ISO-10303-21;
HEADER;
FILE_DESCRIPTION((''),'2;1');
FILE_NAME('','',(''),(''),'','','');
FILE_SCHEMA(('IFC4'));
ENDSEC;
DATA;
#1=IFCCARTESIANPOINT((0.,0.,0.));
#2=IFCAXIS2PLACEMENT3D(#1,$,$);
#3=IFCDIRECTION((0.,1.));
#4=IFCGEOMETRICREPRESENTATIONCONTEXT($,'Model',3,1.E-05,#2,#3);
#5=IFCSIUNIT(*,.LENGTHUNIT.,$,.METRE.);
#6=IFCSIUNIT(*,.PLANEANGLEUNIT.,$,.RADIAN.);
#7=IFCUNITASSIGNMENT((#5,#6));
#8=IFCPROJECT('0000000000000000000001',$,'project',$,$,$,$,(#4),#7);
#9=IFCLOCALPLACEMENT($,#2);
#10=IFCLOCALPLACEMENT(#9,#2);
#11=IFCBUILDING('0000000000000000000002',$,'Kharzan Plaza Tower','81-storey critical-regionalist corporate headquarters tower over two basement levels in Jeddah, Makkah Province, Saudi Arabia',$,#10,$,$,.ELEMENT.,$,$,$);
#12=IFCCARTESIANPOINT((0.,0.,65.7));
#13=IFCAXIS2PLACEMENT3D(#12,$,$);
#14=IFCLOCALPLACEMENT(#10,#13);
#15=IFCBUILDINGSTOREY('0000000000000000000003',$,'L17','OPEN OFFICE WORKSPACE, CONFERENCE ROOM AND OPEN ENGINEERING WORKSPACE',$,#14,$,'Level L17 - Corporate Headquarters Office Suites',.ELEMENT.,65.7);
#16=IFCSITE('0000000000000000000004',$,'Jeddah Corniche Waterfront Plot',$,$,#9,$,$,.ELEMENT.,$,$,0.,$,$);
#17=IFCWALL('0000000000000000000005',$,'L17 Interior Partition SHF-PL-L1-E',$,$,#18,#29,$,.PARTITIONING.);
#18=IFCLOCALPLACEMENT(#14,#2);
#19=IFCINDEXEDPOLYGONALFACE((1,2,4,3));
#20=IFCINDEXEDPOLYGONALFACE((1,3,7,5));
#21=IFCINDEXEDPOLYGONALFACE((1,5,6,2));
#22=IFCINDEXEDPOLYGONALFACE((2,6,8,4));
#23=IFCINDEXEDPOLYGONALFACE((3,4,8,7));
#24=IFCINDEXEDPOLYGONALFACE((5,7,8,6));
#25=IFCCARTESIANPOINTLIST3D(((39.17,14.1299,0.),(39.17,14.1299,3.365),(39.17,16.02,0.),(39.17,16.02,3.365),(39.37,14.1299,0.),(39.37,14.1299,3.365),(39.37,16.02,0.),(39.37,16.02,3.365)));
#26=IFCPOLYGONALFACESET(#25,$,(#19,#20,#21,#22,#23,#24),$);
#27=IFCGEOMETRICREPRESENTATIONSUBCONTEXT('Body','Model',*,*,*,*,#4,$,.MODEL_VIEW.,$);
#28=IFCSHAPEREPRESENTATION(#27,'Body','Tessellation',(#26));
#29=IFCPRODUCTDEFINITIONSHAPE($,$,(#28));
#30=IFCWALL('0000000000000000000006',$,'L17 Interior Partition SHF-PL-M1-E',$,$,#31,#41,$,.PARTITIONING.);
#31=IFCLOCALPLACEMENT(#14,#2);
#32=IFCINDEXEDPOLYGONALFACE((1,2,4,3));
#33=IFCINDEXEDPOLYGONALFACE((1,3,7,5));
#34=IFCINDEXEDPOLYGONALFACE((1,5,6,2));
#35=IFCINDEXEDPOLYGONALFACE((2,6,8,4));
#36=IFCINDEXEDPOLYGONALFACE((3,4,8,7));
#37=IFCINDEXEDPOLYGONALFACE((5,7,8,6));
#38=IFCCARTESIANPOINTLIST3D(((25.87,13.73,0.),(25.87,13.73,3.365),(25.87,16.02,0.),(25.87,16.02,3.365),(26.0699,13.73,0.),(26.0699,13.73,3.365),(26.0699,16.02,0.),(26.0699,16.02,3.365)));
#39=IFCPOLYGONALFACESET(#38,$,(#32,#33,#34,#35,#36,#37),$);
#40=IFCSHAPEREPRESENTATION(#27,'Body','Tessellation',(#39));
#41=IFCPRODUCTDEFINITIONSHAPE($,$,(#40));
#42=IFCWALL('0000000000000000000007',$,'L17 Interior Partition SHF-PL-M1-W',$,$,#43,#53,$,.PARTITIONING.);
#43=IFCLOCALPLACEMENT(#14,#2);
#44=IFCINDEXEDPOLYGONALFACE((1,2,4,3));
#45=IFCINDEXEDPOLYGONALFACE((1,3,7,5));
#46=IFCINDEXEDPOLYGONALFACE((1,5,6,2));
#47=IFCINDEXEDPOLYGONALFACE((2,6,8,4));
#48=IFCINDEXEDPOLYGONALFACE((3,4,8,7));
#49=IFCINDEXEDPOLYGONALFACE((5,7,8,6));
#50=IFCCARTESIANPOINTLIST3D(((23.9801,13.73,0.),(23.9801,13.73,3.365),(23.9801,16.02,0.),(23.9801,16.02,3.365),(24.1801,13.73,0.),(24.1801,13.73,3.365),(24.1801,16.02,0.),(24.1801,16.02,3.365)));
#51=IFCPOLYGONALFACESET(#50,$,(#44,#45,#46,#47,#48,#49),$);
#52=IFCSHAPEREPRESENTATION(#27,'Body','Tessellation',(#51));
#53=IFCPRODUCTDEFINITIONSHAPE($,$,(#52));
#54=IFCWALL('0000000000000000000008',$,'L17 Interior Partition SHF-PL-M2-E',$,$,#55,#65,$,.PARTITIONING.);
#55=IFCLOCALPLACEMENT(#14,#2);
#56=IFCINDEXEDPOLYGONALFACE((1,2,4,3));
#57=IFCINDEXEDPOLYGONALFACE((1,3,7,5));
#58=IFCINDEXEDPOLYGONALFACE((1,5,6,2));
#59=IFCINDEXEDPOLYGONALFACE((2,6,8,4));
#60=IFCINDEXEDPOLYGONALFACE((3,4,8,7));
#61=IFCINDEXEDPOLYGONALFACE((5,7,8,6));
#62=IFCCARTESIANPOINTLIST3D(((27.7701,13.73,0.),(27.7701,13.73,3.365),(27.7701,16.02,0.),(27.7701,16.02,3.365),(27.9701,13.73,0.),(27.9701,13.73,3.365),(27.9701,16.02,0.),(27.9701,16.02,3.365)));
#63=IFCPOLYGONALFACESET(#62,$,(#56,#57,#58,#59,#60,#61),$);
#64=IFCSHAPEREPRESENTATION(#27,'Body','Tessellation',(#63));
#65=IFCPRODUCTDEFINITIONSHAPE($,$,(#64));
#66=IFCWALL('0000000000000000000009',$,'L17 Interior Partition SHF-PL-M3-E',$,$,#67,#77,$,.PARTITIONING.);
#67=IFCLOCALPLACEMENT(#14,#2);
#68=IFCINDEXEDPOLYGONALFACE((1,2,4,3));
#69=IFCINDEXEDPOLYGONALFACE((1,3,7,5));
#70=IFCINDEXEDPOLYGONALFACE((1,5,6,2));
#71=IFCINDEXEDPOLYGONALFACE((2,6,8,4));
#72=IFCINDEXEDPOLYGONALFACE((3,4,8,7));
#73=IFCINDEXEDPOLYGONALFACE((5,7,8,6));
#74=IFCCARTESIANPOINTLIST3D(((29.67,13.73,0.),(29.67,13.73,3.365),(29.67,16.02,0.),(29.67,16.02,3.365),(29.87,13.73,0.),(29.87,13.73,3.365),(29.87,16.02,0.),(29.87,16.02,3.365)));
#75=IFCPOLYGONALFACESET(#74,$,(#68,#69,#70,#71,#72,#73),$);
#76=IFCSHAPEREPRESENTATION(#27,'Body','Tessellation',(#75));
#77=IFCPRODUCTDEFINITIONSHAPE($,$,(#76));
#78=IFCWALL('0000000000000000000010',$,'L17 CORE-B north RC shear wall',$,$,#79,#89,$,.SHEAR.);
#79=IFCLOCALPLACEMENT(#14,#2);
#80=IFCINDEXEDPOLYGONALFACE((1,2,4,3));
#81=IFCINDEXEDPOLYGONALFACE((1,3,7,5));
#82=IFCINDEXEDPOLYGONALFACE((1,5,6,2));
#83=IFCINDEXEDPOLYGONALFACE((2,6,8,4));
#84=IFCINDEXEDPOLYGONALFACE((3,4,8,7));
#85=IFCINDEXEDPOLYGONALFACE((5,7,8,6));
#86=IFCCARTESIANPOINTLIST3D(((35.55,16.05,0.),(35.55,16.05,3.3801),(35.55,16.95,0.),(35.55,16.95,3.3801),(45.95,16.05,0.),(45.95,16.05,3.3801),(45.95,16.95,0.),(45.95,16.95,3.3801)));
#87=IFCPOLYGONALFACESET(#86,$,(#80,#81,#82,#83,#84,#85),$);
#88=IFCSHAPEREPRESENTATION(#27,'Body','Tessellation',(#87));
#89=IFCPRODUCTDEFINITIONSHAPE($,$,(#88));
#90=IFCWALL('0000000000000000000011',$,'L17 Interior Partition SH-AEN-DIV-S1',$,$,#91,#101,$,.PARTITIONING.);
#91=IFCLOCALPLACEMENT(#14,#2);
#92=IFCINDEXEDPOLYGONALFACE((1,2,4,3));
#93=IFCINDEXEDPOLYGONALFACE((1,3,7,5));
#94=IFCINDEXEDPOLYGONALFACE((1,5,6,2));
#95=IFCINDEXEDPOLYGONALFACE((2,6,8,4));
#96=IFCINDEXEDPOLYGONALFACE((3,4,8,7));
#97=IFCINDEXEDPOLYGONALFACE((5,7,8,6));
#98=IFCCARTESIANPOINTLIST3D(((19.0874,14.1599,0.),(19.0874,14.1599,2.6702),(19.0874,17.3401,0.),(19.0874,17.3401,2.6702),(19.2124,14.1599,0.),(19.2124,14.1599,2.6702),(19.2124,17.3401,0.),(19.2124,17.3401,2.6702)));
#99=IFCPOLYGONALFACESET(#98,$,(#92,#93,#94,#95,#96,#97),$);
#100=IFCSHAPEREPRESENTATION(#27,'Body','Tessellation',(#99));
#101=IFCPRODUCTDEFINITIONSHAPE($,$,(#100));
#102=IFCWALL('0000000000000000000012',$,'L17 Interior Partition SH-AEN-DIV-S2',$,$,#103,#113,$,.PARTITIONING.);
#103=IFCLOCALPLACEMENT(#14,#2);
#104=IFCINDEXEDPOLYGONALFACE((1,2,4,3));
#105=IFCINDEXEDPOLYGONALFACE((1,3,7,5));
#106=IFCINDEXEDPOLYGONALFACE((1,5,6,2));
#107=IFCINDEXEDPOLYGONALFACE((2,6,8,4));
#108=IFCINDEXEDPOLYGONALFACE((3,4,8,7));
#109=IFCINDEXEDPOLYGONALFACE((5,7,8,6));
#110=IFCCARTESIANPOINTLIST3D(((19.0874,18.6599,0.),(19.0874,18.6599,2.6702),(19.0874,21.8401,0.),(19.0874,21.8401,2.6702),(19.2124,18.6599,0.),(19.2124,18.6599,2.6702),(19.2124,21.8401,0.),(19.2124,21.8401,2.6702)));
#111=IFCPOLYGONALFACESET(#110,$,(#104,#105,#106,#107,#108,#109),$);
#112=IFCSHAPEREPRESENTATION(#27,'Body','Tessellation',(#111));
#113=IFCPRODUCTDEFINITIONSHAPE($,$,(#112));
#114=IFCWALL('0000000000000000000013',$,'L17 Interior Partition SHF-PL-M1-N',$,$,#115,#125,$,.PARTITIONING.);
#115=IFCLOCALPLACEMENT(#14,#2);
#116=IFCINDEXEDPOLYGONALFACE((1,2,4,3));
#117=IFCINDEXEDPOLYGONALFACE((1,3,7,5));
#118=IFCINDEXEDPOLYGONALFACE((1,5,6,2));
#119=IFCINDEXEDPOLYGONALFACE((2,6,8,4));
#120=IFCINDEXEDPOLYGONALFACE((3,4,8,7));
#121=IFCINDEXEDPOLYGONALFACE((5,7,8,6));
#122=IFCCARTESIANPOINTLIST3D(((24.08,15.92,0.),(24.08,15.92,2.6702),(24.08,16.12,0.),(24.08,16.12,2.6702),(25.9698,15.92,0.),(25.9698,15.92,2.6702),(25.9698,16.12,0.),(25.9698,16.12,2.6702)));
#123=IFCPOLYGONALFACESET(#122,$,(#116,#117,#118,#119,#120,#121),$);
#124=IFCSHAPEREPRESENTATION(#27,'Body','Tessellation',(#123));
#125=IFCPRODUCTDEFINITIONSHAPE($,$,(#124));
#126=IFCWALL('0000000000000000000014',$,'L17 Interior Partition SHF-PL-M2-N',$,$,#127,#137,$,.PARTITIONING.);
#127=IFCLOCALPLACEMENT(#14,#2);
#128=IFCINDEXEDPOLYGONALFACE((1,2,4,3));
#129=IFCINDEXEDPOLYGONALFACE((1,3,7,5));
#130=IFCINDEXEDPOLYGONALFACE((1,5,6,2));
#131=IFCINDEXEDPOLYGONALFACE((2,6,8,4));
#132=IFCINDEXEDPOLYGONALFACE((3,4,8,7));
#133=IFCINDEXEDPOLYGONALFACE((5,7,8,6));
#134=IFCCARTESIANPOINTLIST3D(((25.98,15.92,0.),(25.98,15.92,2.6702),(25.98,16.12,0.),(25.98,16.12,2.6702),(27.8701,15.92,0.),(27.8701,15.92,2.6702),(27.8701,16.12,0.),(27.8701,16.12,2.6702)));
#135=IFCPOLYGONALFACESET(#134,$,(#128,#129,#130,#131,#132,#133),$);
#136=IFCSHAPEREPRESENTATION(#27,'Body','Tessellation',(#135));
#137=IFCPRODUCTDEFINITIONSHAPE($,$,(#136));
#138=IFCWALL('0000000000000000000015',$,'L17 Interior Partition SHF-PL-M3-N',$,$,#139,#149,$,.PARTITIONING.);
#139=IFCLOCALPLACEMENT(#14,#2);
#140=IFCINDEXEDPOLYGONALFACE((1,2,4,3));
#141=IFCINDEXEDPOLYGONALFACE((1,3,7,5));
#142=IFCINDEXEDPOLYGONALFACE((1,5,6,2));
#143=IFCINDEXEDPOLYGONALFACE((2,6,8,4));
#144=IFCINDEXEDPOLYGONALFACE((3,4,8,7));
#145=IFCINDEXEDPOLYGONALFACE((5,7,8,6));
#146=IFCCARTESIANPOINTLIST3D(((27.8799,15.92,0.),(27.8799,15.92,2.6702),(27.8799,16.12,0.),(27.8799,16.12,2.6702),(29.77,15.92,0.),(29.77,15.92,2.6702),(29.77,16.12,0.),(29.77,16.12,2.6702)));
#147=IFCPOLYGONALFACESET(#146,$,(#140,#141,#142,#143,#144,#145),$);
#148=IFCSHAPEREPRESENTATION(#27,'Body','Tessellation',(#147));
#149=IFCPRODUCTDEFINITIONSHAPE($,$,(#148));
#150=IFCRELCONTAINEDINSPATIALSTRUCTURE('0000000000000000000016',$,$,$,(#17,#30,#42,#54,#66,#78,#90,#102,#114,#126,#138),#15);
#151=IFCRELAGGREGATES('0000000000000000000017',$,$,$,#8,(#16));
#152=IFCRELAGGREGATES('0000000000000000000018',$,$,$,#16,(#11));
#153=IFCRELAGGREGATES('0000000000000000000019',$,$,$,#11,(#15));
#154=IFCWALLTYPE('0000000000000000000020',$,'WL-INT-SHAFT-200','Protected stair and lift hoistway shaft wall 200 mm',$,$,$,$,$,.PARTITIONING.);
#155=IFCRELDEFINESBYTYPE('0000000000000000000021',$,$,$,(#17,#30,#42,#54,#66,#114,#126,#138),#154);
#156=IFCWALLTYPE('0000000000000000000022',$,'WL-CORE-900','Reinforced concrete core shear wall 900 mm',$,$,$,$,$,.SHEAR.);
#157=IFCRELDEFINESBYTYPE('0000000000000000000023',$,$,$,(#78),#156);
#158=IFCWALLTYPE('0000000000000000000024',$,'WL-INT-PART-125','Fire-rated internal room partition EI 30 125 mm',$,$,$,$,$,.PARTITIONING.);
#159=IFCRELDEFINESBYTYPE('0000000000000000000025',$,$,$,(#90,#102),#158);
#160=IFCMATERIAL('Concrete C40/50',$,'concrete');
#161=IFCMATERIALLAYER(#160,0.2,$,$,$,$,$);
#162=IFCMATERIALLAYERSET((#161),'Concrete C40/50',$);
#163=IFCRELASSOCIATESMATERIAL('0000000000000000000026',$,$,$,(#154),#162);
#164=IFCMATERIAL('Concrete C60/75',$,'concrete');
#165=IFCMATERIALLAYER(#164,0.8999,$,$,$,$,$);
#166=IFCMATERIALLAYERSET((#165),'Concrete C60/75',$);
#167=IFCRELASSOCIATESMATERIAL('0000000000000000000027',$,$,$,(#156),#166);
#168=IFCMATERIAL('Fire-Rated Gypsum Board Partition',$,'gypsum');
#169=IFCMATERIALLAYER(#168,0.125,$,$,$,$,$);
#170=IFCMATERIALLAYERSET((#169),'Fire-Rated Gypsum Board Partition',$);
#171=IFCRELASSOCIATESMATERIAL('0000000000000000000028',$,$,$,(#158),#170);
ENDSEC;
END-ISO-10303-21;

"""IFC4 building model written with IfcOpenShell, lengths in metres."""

from ifc_helpers import new_model, si_unit, direction, frame, frame_2d, origin, place, context, subcontext, project, spatial, rectangle, extrude, source, transform, mapped, material, layer, layer_set, type_object, element, save


model = new_model("IFC4")

# Units and contexts
model_context = context("Model", 3, precision=1e-05, world=origin(), true_north=direction((0.0, 1.0)))
body_context = subcontext(model_context, "Body", "Model", "MODEL_VIEW")
ifc_project = project(units=[si_unit("LENGTHUNIT", "METRE"), si_unit("PLANEANGLEUNIT", "RADIAN")], contexts=[model_context])

# Site, building, storey
site_placement = place(None, origin())
site = spatial("IfcSite", under=ifc_project, at=site_placement, Name="Jeddah Corniche Waterfront Plot", CompositionType="ELEMENT", RefElevation=0.0)
building_placement = place(site_placement, origin())
building = spatial("IfcBuilding", under=site, at=building_placement, Name="Kharzan Plaza Tower", Description="81-storey critical-regionalist corporate headquarters tower over two basement levels in Jeddah, Makkah Province, Saudi Arabia", CompositionType="ELEMENT")
storey_placement = place(building_placement, frame((0.0, 0.0, 65.7)))
storey = spatial("IfcBuildingStorey", under=building, at=storey_placement, Name="L17", Description="OPEN OFFICE WORKSPACE, CONFERENCE ROOM AND OPEN ENGINEERING WORKSPACE", LongName="Level L17 - Corporate Headquarters Office Suites", CompositionType="ELEMENT", Elevation=65.7)

# Shared definitions
ifc_material_1 = material(Name="Concrete C60/75", Category="concrete")

# Shared definitions
ifc_material_2 = material(Name="Concrete C40/50", Category="concrete")
ifc_layer_1 = layer(ifc_material_2, 0.2)
ifc_layer_set_1 = layer_set([ifc_layer_1], Name="Concrete C40/50")
wall_type_1 = type_object("IfcWallType", Name="WL-INT-SHAFT-200", Description="Protected stair and lift hoistway shaft wall 200 mm", PredefinedType="PARTITIONING", material=ifc_layer_set_1)

# Walls
shared_shape_1 = source(origin(), body_context, "Body", "SweptSolid", [
    extrude(rectangle(XDim=1.8901, YDim=0.2, at=frame_2d((0.9451, 0.0))), origin(), (0.0, 0.0, 1.0), 3.365),
])
wall_1_placement = place(storey_placement, frame((39.27, 14.1299, 0.0), z_axis=(0.0, 0.0, 1.0), x_axis=(0.0, 1.0, 0.0)))
element("IfcWall", 1, at=wall_1_placement, inside=storey, type_object=wall_type_1, Name="L17 Interior Partition SHF-PL-L1-E", PredefinedType="PARTITIONING", context=body_context, shape_type="MappedRepresentation", body=[
    mapped(shared_shape_1, transform((0.0, 0.0, 0.0), x_axis=(1.0, 0.0, 0.0), y_axis=(0.0, 1.0, 0.0), z_axis=(0.0, 0.0, 1.0))),
])
shared_shape_2 = source(origin(), body_context, "Body", "SweptSolid", [
    extrude(rectangle(XDim=2.29, YDim=0.2, at=frame_2d((1.145, 0.0))), origin(), (0.0, 0.0, 1.0), 3.365),
])
for number, where, z_axis, x_axis, name in (
    (2, (25.97, 13.73, 0.0), (0.0, 0.0, 1.0), (0.0, 1.0, 0.0), "L17 Interior Partition SHF-PL-M1-E"),
    (3, (24.0801, 13.73, 0.0), (0.0, 0.0, 1.0), (0.0, 1.0, 0.0), "L17 Interior Partition SHF-PL-M1-W"),
    (4, (27.8701, 13.73, 0.0), (0.0, 0.0, 1.0), (0.0, 1.0, 0.0), "L17 Interior Partition SHF-PL-M2-E"),
    (5, (29.77, 13.73, 0.0), (0.0, 0.0, 1.0), (0.0, 1.0, 0.0), "L17 Interior Partition SHF-PL-M3-E"),
):
    element("IfcWall", number, at=place(storey_placement, frame(where, z_axis=z_axis, x_axis=x_axis)), inside=storey, type_object=wall_type_1, Name=name, PredefinedType="PARTITIONING", context=body_context, shape_type="MappedRepresentation", body=[
        mapped(shared_shape_2, transform((0.0, 0.0, 0.0), x_axis=(1.0, 0.0, 0.0), y_axis=(0.0, 1.0, 0.0), z_axis=(0.0, 0.0, 1.0))),
    ])
ifc_layer_2 = layer(ifc_material_1, 0.8999)
ifc_layer_set_2 = layer_set([ifc_layer_2], Name="Concrete C60/75")
wall_type_2 = type_object("IfcWallType", Name="WL-CORE-900", Description="Reinforced concrete core shear wall 900 mm", PredefinedType="SHEAR", material=ifc_layer_set_2)
shared_shape_3 = source(origin(), body_context, "Body", "SweptSolid", [
    extrude(rectangle(XDim=10.3999, YDim=0.8999, at=frame_2d((5.2, 0.0))), origin(), (0.0, 0.0, 1.0), 3.3801),
])
wall_2_placement = place(storey_placement, frame((35.55, 16.5, 0.0), z_axis=(0.0, 0.0, 1.0), x_axis=(1.0, 0.0, 0.0)))
element("IfcWall", 6, at=wall_2_placement, inside=storey, type_object=wall_type_2, Name="L17 CORE-B north RC shear wall", PredefinedType="SHEAR", context=body_context, shape_type="MappedRepresentation", body=[
    mapped(shared_shape_3, transform((0.0, 0.0, 0.0), x_axis=(1.0, 0.0, 0.0), y_axis=(0.0, 1.0, 0.0), z_axis=(0.0, 0.0, 1.0))),
])
ifc_material_3 = material(Name="Fire-Rated Gypsum Board Partition", Category="gypsum")
ifc_layer_3 = layer(ifc_material_3, 0.125)
ifc_layer_set_3 = layer_set([ifc_layer_3], Name="Fire-Rated Gypsum Board Partition")
wall_type_3 = type_object("IfcWallType", Name="WL-INT-PART-125", Description="Fire-rated internal room partition EI 30 125 mm", PredefinedType="PARTITIONING", material=ifc_layer_set_3)
shared_shape_4 = source(origin(), body_context, "Body", "SweptSolid", [
    extrude(rectangle(XDim=3.1802, YDim=0.125, at=frame_2d((1.5901, 0.0))), origin(), (0.0, 0.0, 1.0), 2.6702),
])
for number, where, z_axis, x_axis, name in (
    (7, (19.1499, 14.1599, 0.0), (0.0, 0.0, 1.0), (0.0, 1.0, 0.0), "L17 Interior Partition SH-AEN-DIV-S1"),
    (8, (19.1499, 18.6599, 0.0), (0.0, 0.0, 1.0), (0.0, 1.0, 0.0), "L17 Interior Partition SH-AEN-DIV-S2"),
):
    element("IfcWall", number, at=place(storey_placement, frame(where, z_axis=z_axis, x_axis=x_axis)), inside=storey, type_object=wall_type_3, Name=name, PredefinedType="PARTITIONING", context=body_context, shape_type="MappedRepresentation", body=[
        mapped(shared_shape_4, transform((0.0, 0.0, 0.0), x_axis=(1.0, 0.0, 0.0), y_axis=(0.0, 1.0, 0.0), z_axis=(0.0, 0.0, 1.0))),
    ])
shared_shape_5 = source(origin(), body_context, "Body", "SweptSolid", [
    extrude(rectangle(XDim=1.8899, YDim=0.2, at=frame_2d((0.9448, 0.0))), origin(), (0.0, 0.0, 1.0), 2.6702),
])
wall_3_placement = place(storey_placement, frame((24.0801, 16.02, 0.0), z_axis=(0.0, 0.0, 1.0), x_axis=(1.0, 0.0, 0.0)))
element("IfcWall", 9, at=wall_3_placement, inside=storey, type_object=wall_type_1, Name="L17 Interior Partition SHF-PL-M1-N", PredefinedType="PARTITIONING", context=body_context, shape_type="MappedRepresentation", body=[
    mapped(shared_shape_5, transform((0.0, 0.0, 0.0), x_axis=(1.0, 0.0, 0.0), y_axis=(0.0, 1.0, 0.0), z_axis=(0.0, 0.0, 1.0))),
])
shared_shape_6 = source(origin(), body_context, "Body", "SweptSolid", [
    extrude(rectangle(XDim=1.8901, YDim=0.2, at=frame_2d((0.9451, 0.0))), origin(), (0.0, 0.0, 1.0), 2.6702),
])
for number, where, z_axis, x_axis, name in (
    (10, (25.98, 16.02, 0.0), (0.0, 0.0, 1.0), (1.0, 0.0, 0.0), "L17 Interior Partition SHF-PL-M2-N"),
    (11, (27.8799, 16.02, 0.0), (0.0, 0.0, 1.0), (1.0, 0.0, 0.0), "L17 Interior Partition SHF-PL-M3-N"),
):
    element("IfcWall", number, at=place(storey_placement, frame(where, z_axis=z_axis, x_axis=x_axis)), inside=storey, type_object=wall_type_1, Name=name, PredefinedType="PARTITIONING", context=body_context, shape_type="MappedRepresentation", body=[
        mapped(shared_shape_6, transform((0.0, 0.0, 0.0), x_axis=(1.0, 0.0, 0.0), y_axis=(0.0, 1.0, 0.0), z_axis=(0.0, 0.0, 1.0))),
    ])

save(model, "model.ifc")
